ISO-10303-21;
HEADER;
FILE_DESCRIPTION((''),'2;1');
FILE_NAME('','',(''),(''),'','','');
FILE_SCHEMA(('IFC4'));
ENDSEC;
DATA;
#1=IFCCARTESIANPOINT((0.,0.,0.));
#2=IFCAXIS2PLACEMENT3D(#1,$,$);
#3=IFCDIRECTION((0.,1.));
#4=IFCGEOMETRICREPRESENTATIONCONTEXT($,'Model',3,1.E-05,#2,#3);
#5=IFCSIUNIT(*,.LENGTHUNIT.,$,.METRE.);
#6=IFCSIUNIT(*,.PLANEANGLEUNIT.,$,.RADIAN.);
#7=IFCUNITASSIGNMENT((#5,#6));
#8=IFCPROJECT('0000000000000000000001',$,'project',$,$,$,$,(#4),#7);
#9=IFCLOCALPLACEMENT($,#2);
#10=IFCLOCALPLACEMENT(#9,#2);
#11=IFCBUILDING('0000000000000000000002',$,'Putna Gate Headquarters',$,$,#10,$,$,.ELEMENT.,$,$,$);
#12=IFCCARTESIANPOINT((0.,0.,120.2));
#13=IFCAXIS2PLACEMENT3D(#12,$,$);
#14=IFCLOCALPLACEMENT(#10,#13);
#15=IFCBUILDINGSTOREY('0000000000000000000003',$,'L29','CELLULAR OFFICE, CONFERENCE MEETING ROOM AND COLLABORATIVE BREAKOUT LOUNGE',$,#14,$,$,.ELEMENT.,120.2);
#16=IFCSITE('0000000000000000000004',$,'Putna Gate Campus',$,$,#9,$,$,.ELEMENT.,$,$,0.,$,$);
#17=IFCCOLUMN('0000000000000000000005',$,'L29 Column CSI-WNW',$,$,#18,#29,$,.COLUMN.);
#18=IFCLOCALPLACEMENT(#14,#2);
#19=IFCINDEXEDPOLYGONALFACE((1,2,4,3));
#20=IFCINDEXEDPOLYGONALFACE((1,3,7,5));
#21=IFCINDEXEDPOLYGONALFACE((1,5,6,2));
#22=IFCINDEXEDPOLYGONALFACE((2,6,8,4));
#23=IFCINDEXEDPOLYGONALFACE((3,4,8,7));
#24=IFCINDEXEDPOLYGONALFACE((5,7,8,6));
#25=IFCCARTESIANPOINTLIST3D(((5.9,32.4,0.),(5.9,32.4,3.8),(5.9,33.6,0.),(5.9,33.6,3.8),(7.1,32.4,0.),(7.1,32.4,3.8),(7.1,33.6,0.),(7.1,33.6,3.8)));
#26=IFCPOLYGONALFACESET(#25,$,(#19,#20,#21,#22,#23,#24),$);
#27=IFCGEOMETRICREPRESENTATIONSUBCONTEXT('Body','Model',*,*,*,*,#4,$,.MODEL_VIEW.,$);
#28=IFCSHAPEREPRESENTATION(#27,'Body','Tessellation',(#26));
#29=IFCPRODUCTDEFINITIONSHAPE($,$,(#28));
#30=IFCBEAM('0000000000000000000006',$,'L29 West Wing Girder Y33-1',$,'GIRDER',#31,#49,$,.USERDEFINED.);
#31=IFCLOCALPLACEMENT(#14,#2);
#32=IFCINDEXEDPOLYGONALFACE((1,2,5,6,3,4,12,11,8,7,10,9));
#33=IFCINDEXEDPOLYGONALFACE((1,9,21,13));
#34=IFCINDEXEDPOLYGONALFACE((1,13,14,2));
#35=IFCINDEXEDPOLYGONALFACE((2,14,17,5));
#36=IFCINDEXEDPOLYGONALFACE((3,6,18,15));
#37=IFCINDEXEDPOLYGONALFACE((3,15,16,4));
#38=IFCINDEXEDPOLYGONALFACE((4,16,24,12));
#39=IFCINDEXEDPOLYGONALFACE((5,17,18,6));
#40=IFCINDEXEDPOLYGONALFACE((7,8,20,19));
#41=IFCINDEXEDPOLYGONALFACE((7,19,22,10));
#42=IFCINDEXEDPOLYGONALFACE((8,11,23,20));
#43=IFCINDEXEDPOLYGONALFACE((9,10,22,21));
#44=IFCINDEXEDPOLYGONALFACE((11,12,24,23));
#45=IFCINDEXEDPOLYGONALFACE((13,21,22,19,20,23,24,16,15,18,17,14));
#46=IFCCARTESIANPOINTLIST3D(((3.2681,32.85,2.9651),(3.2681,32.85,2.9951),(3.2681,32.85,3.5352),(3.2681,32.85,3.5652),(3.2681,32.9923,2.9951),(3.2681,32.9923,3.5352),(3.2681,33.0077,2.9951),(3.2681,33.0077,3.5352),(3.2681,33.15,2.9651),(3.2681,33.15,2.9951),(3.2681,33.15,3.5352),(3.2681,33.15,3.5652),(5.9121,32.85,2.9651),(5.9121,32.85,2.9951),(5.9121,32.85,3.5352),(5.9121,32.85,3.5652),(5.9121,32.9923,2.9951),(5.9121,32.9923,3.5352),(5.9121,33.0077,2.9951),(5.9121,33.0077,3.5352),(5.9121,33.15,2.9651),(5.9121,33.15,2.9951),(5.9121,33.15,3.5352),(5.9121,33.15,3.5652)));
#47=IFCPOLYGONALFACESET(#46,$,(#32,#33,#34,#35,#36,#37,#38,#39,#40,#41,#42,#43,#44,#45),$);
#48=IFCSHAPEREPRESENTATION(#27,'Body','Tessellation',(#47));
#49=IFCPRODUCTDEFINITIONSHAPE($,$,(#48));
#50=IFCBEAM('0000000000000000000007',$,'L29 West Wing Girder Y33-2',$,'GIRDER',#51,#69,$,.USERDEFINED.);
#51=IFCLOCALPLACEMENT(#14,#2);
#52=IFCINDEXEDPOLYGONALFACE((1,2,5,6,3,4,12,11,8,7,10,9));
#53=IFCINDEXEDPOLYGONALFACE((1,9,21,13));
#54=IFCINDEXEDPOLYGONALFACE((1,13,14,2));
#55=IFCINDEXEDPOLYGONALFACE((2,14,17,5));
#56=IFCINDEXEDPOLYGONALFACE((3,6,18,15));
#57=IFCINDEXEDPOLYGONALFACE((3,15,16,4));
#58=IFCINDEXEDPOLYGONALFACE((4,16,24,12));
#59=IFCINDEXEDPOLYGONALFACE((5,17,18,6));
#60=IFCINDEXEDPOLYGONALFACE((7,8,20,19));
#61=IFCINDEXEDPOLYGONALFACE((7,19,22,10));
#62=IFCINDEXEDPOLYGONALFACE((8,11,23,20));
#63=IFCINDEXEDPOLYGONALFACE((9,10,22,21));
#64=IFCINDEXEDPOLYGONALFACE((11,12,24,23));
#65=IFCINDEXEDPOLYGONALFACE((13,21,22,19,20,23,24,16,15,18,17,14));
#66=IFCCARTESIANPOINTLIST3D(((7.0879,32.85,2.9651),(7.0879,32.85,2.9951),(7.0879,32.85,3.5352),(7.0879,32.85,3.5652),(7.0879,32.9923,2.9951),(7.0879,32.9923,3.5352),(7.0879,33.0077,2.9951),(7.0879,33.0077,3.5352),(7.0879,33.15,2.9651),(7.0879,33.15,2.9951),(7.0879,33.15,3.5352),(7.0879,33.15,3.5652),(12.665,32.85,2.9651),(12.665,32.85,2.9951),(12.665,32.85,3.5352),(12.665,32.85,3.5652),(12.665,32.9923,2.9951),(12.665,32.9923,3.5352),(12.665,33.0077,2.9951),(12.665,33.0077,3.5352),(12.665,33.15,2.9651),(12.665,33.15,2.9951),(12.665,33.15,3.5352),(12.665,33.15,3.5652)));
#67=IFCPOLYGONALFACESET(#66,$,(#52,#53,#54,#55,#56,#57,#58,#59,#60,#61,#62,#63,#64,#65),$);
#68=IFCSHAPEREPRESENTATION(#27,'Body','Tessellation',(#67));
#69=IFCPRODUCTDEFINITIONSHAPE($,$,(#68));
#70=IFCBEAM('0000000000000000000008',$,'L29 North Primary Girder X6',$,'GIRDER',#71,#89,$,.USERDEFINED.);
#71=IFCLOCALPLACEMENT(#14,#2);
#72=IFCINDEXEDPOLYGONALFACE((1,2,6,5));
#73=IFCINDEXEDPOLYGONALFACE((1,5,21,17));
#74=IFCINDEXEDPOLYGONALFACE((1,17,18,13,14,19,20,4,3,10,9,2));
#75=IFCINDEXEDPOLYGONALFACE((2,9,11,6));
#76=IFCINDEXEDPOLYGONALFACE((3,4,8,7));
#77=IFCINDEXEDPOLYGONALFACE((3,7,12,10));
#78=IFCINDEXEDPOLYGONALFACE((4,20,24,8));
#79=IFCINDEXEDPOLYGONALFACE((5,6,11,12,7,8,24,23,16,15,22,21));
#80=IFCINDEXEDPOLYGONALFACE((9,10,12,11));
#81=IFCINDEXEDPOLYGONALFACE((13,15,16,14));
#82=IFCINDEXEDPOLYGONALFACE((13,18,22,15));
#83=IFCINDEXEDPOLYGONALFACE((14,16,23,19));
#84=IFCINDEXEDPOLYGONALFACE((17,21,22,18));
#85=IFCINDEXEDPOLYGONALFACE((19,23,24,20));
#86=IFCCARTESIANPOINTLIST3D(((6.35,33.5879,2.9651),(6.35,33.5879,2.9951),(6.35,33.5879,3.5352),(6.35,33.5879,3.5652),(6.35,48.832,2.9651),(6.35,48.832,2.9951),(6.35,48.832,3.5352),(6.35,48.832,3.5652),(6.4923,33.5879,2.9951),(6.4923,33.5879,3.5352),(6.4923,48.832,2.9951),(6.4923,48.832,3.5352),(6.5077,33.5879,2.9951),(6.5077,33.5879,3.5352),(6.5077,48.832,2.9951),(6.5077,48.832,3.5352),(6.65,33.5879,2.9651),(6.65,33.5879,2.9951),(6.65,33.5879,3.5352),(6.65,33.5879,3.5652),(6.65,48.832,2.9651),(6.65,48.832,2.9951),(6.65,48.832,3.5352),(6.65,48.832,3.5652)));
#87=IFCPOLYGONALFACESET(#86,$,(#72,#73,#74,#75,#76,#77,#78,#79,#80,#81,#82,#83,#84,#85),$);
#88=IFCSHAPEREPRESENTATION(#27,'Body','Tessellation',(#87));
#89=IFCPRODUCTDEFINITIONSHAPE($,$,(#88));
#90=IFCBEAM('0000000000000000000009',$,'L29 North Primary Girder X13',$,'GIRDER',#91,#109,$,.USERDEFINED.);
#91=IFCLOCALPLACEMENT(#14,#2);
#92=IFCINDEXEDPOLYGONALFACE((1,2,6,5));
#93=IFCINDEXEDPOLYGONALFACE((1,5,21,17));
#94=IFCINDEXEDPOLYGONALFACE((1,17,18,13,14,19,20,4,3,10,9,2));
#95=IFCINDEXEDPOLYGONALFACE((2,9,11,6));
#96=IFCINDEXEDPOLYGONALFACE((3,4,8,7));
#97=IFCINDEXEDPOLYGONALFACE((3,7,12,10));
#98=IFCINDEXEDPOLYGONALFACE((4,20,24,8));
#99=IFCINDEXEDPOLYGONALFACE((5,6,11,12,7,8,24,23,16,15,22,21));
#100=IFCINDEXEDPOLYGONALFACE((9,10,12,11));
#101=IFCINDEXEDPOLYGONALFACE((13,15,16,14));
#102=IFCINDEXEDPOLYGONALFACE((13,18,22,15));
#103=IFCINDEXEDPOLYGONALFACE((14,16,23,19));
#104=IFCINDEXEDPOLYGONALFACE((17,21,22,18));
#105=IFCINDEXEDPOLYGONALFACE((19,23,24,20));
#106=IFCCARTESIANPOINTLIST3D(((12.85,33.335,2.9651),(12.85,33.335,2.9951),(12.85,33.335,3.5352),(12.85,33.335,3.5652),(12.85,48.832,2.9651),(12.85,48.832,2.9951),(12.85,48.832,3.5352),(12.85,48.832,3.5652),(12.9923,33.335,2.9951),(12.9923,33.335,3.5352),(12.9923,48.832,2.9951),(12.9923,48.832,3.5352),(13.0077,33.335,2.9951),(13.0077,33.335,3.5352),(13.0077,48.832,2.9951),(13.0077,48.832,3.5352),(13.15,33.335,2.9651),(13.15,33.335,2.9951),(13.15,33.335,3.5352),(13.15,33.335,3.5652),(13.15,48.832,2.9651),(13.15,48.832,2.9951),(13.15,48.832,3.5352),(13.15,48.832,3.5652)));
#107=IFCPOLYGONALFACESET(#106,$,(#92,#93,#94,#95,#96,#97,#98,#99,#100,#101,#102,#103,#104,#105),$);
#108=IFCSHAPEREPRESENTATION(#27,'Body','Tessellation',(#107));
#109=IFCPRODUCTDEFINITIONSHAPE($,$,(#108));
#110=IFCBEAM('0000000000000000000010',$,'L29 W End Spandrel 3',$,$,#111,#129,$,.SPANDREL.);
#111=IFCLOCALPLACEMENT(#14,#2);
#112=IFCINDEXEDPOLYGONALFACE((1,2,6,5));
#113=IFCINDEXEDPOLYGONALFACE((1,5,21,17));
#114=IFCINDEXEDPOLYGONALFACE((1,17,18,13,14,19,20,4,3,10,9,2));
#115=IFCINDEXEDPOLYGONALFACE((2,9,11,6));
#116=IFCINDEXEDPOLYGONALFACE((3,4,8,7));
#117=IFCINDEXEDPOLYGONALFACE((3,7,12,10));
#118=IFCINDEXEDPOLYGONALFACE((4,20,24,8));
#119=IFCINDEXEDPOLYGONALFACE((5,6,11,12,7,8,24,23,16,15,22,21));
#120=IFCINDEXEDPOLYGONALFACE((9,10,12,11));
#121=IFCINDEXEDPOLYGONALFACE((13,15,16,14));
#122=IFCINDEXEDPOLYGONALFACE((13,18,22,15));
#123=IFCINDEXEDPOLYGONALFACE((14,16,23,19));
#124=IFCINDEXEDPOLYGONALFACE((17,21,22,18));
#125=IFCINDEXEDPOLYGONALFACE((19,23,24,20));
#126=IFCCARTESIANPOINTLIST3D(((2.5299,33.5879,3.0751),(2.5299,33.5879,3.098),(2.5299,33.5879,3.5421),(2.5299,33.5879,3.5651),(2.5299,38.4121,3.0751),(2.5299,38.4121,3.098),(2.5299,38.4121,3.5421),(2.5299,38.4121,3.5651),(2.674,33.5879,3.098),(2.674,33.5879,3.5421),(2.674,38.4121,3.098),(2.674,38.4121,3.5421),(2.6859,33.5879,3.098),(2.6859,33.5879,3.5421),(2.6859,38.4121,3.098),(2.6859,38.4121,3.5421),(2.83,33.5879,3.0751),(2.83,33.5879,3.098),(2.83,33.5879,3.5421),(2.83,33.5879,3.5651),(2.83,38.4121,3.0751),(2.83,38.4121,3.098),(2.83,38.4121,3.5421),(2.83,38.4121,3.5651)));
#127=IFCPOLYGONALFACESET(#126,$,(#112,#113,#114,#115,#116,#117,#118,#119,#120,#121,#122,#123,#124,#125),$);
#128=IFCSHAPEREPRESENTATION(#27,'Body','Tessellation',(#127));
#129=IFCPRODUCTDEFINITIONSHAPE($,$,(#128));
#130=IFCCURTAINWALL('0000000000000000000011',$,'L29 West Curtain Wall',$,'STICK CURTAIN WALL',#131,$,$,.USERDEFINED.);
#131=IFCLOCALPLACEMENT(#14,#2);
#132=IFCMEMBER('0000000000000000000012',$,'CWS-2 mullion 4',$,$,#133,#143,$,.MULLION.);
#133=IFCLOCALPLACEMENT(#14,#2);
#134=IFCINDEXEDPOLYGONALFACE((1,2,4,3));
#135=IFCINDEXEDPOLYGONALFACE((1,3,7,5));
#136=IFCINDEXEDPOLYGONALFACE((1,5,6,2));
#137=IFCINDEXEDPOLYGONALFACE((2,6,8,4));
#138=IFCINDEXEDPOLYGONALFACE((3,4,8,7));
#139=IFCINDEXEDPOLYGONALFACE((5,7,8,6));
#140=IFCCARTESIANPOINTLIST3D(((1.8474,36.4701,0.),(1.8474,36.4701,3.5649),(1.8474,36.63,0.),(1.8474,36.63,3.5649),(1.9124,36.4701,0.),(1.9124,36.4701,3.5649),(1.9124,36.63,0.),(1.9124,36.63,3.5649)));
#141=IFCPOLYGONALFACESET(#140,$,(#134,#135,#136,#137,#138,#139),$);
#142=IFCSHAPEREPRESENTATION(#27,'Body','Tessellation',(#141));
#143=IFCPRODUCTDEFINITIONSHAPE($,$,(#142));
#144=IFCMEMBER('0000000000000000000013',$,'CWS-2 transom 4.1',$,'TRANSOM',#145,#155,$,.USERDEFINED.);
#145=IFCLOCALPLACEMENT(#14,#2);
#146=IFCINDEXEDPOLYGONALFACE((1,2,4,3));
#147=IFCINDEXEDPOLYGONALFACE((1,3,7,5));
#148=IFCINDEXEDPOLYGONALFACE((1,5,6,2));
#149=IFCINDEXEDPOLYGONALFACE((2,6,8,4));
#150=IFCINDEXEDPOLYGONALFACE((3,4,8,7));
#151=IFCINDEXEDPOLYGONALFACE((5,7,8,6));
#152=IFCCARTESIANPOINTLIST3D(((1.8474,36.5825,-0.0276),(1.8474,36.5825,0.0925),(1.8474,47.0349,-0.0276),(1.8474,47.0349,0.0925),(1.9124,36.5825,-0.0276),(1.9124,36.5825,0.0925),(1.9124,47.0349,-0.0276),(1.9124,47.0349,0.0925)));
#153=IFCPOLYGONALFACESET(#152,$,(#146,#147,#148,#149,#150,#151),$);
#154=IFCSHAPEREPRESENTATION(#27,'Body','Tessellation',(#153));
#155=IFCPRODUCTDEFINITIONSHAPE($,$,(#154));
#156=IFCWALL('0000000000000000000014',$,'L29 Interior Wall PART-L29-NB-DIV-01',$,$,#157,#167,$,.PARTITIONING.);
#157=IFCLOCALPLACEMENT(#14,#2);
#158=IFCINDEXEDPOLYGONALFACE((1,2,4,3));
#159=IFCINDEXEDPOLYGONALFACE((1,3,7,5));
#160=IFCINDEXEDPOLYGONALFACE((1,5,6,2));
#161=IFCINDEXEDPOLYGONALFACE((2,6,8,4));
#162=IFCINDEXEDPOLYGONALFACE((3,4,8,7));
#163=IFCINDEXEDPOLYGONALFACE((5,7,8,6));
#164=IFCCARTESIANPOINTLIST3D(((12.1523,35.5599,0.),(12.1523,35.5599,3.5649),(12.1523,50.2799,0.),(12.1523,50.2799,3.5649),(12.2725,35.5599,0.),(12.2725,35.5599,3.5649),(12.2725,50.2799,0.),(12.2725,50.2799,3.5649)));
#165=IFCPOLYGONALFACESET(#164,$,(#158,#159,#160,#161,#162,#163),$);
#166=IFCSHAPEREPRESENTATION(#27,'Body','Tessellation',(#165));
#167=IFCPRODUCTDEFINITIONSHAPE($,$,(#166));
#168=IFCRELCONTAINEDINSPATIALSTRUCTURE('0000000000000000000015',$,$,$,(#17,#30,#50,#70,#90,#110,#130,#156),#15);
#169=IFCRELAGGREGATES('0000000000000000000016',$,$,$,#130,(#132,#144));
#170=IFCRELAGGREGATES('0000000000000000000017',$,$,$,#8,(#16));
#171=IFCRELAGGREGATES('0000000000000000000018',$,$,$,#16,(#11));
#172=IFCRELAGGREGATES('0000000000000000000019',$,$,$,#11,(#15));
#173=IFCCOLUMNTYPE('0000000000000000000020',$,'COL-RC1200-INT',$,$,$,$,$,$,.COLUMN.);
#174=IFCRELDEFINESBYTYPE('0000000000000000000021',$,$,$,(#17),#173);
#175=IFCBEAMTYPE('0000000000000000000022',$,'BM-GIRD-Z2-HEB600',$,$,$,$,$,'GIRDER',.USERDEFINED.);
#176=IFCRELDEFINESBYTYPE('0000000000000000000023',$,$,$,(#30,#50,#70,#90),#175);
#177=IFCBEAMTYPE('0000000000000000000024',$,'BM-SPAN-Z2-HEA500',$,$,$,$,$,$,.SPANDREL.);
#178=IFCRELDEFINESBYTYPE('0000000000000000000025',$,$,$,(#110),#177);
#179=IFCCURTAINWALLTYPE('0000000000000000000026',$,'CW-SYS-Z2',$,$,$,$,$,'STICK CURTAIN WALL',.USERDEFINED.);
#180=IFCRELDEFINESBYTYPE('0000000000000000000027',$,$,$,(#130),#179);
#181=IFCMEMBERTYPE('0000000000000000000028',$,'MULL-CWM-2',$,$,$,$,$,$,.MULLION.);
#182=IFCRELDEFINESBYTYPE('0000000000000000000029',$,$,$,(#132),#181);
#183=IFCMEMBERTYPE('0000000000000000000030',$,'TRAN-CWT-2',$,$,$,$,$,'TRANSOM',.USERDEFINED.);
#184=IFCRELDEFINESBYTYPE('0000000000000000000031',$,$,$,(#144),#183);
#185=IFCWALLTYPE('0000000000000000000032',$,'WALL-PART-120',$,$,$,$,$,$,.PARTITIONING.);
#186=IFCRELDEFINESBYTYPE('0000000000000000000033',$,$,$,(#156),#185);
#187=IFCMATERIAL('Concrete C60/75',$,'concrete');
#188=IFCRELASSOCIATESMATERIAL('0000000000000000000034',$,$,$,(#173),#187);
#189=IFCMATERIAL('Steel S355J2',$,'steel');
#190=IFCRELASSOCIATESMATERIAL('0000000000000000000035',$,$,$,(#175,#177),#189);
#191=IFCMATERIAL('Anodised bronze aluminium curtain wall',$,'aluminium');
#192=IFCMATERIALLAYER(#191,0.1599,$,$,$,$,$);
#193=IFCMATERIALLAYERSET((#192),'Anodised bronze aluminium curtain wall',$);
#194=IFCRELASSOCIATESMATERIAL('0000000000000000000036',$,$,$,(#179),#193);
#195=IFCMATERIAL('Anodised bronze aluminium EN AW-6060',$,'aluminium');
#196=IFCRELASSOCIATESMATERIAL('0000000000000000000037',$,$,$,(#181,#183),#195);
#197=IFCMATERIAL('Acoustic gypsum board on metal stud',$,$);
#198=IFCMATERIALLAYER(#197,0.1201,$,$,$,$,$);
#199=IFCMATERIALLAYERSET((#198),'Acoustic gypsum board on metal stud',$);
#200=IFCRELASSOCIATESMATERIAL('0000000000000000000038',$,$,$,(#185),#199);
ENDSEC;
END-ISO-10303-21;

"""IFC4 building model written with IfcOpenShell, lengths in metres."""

from ifc_helpers import new_model, si_unit, direction, frame, frame_2d, origin, origin_2d, place, context, subcontext, project, spatial, rectangle, i_section, extrude, material, layer, layer_set, material_profile, profile_set, type_object, element, aggregate, save


model = new_model("IFC4")

# Units and contexts
model_context = context("Model", 3, precision=1e-05, world=origin(), true_north=direction((0.0, 1.0)))
body_context = subcontext(model_context, "Body", "Model", "MODEL_VIEW")
ifc_project = project(units=[si_unit("LENGTHUNIT", "METRE"), si_unit("PLANEANGLEUNIT", "RADIAN")], contexts=[model_context])

# Site, building, storey
site_placement = place(None, origin())
site = spatial("IfcSite", under=ifc_project, at=site_placement, Name="Putna Gate Campus", CompositionType="ELEMENT", RefElevation=0.0)
building_placement = place(site_placement, origin())
building = spatial("IfcBuilding", under=site, at=building_placement, Name="Putna Gate Headquarters", CompositionType="ELEMENT")
storey_placement = place(building_placement, frame((0.0, 0.0, 120.2)))
storey = spatial("IfcBuildingStorey", under=building, at=storey_placement, Name="L29", Description="CELLULAR OFFICE, CONFERENCE MEETING ROOM AND COLLABORATIVE BREAKOUT LOUNGE", CompositionType="ELEMENT", Elevation=120.2)

# Column
ifc_material_1 = material(Name="Concrete C60/75", Category="concrete")
ifc_material_profile_1 = material_profile(ifc_material_1, rectangle(XDim=1.2, YDim=1.2, at=origin_2d()), Name="Concrete C60/75")
ifc_profile_set_1 = profile_set([ifc_material_profile_1], Name="Concrete C60/75")
column_type = type_object("IfcColumnType", Name="COL-RC1200-INT", PredefinedType="COLUMN", material=ifc_profile_set_1)
column_placement = place(storey_placement, frame((6.5, 33.0, 0.0), z_axis=(0.0, 0.0, 1.0), x_axis=(1.0, 0.0, 0.0)))
element("IfcColumn", 1, at=column_placement, inside=storey, type_object=column_type, Name="L29 Column CSI-WNW", PredefinedType="COLUMN", context=body_context, shape_type="SweptSolid", body=[
    extrude(rectangle(XDim=1.2, YDim=1.2, at=origin_2d()), origin(), (0.0, 0.0, 1.0), 3.8),
])

# Beams
ifc_material_2 = material(Name="Steel S355J2", Category="steel")
ifc_material_profile_2 = material_profile(ifc_material_2, i_section(OverallWidth=0.3, OverallDepth=0.6001, WebThickness=0.0154, FlangeThickness=0.03, at=origin_2d()), Name="Steel S355J2")
ifc_profile_set_2 = profile_set([ifc_material_profile_2], Name="Steel S355J2")
beam_type_1 = type_object("IfcBeamType", Name="BM-GIRD-Z2-HEB600", ElementType="GIRDER", PredefinedType="USERDEFINED", material=ifc_profile_set_2)
beam_1_placement = place(storey_placement, frame((3.2681, 33.0, 3.2651), z_axis=(1.0, 0.0, 0.0), x_axis=(0.0, 1.0, 0.0)))
element("IfcBeam", 2, at=beam_1_placement, inside=storey, type_object=beam_type_1, Name="L29 West Wing Girder Y33-1", ObjectType="GIRDER", PredefinedType="USERDEFINED", context=body_context, shape_type="SweptSolid", body=[
    extrude(i_section(OverallWidth=0.3, OverallDepth=0.6001, WebThickness=0.0154, FlangeThickness=0.03, at=origin_2d()), origin(), (0.0, 0.0, 1.0), 2.644),
])
beam_2_placement = place(storey_placement, frame((7.0879, 33.0, 3.2651), z_axis=(1.0, 0.0, 0.0), x_axis=(0.0, 1.0, 0.0)))
element("IfcBeam", 3, at=beam_2_placement, inside=storey, type_object=beam_type_1, Name="L29 West Wing Girder Y33-2", ObjectType="GIRDER", PredefinedType="USERDEFINED", context=body_context, shape_type="SweptSolid", body=[
    extrude(i_section(OverallWidth=0.3, OverallDepth=0.6001, WebThickness=0.0154, FlangeThickness=0.03, at=origin_2d()), origin(), (0.0, 0.0, 1.0), 5.5771),
])
beam_3_placement = place(storey_placement, frame((6.5, 33.5879, 3.2651), z_axis=(0.0, 1.0, 0.0), x_axis=(-1.0, 0.0, 0.0)))
element("IfcBeam", 4, at=beam_3_placement, inside=storey, type_object=beam_type_1, Name="L29 North Primary Girder X6", ObjectType="GIRDER", PredefinedType="USERDEFINED", context=body_context, shape_type="SweptSolid", body=[
    extrude(i_section(OverallWidth=0.3, OverallDepth=0.6001, WebThickness=0.0154, FlangeThickness=0.03, at=origin_2d()), origin(), (0.0, 0.0, 1.0), 15.2441),
])
beam_4_placement = place(storey_placement, frame((13.0, 33.335, 3.2651), z_axis=(0.0, 1.0, 0.0), x_axis=(-1.0, 0.0, 0.0)))
element("IfcBeam", 5, at=beam_4_placement, inside=storey, type_object=beam_type_1, Name="L29 North Primary Girder X13", ObjectType="GIRDER", PredefinedType="USERDEFINED", context=body_context, shape_type="SweptSolid", body=[
    extrude(i_section(OverallWidth=0.3, OverallDepth=0.6001, WebThickness=0.0154, FlangeThickness=0.03, at=origin_2d()), origin(), (0.0, 0.0, 1.0), 15.4971),
])
ifc_material_profile_3 = material_profile(ifc_material_2, i_section(OverallWidth=0.3, OverallDepth=0.49, WebThickness=0.012, FlangeThickness=0.0229, at=origin_2d()), Name="Steel S355J2")
ifc_profile_set_3 = profile_set([ifc_material_profile_3], Name="Steel S355J2")
beam_type_2 = type_object("IfcBeamType", Name="BM-SPAN-Z2-HEA500", PredefinedType="SPANDREL", material=ifc_profile_set_3)
beam_5_placement = place(storey_placement, frame((2.6799, 33.5879, 3.3201), z_axis=(0.0, 1.0, 0.0), x_axis=(-1.0, 0.0, 0.0)))
element("IfcBeam", 6, at=beam_5_placement, inside=storey, type_object=beam_type_2, Name="L29 W End Spandrel 3", PredefinedType="SPANDREL", context=body_context, shape_type="SweptSolid", body=[
    extrude(i_section(OverallWidth=0.3, OverallDepth=0.49, WebThickness=0.012, FlangeThickness=0.0229, at=origin_2d()), origin(), (0.0, 0.0, 1.0), 4.8242),
])

# Curtain wall, members
ifc_material_3 = material(Name="Anodised bronze aluminium curtain wall", Category="aluminium")
ifc_layer_1 = layer(ifc_material_3, 0.1599)
ifc_layer_set_1 = layer_set([ifc_layer_1], Name="Anodised bronze aluminium curtain wall")
curtain_wall_type = type_object("IfcCurtainWallType", Name="CW-SYS-Z2", ElementType="STICK CURTAIN WALL", PredefinedType="USERDEFINED", material=ifc_layer_set_1)
curtain_wall_placement = place(storey_placement, origin())
curtain_wall = element("IfcCurtainWall", 7, at=curtain_wall_placement, inside=storey, type_object=curtain_wall_type, Name="L29 West Curtain Wall", ObjectType="STICK CURTAIN WALL", PredefinedType="USERDEFINED")
ifc_material_4 = material(Name="Anodised bronze aluminium EN AW-6060", Category="aluminium")
ifc_material_profile_4 = material_profile(ifc_material_4, rectangle(XDim=0.0649, YDim=0.1599, at=origin_2d()), Name="Anodised bronze aluminium EN AW-6060")
ifc_profile_set_4 = profile_set([ifc_material_profile_4], Name="Anodised bronze aluminium EN AW-6060")
member_type_1 = type_object("IfcMemberType", Name="MULL-CWM-2", PredefinedType="MULLION", material=ifc_profile_set_4)
member_1_placement = place(storey_placement, frame((1.8799, 36.55, 0.0), z_axis=(0.0, 0.0, 1.0), x_axis=(-1.0, 0.0, 0.0)))
member_1 = element("IfcMember", 8, at=member_1_placement, type_object=member_type_1, Name="CWS-2 mullion 4", PredefinedType="MULLION", context=body_context, shape_type="SweptSolid", body=[
    extrude(rectangle(XDim=0.0649, YDim=0.1599, at=origin_2d()), origin(), (0.0, 0.0, 1.0), 3.5649),
])
ifc_material_profile_5 = material_profile(ifc_material_4, rectangle(XDim=0.0649, YDim=0.1201, at=origin_2d()), Name="Anodised bronze aluminium EN AW-6060")
ifc_profile_set_5 = profile_set([ifc_material_profile_5], Name="Anodised bronze aluminium EN AW-6060")
member_type_2 = type_object("IfcMemberType", Name="TRAN-CWT-2", ElementType="TRANSOM", PredefinedType="USERDEFINED", material=ifc_profile_set_5)
member_2_placement = place(storey_placement, frame((1.8799, 36.5825, 0.0325), z_axis=(0.0, 1.0, 0.0), x_axis=(-1.0, 0.0, 0.0)))
member_2 = element("IfcMember", 9, at=member_2_placement, type_object=member_type_2, Name="CWS-2 transom 4.1", ObjectType="TRANSOM", PredefinedType="USERDEFINED", context=body_context, shape_type="SweptSolid", body=[
    extrude(rectangle(XDim=0.0649, YDim=0.1201, at=origin_2d()), origin(), (0.0, 0.0, 1.0), 10.4524),
])
aggregate(curtain_wall, [member_1, member_2])

# Wall
ifc_material_5 = material(Name="Acoustic gypsum board on metal stud")
ifc_layer_2 = layer(ifc_material_5, 0.1201)
ifc_layer_set_2 = layer_set([ifc_layer_2], Name="Acoustic gypsum board on metal stud")
wall_type_1 = type_object("IfcWallType", Name="WALL-PART-120", PredefinedType="PARTITIONING", material=ifc_layer_set_2)
wall_1_placement = place(storey_placement, frame((12.2124, 35.5601, 0.0), z_axis=(0.0, 0.0, 1.0), x_axis=(0.0, 1.0, 0.0)))
element("IfcWall", 10, at=wall_1_placement, inside=storey, type_object=wall_type_1, Name="L29 Interior Wall PART-L29-NB-DIV-01", PredefinedType="PARTITIONING", context=body_context, shape_type="SweptSolid", body=[
    extrude(rectangle(XDim=14.72, YDim=0.1201, at=frame_2d((7.3599, 0.0))), origin(), (0.0, 0.0, 1.0), 3.5649),
])

save(model, "model.ifc")
